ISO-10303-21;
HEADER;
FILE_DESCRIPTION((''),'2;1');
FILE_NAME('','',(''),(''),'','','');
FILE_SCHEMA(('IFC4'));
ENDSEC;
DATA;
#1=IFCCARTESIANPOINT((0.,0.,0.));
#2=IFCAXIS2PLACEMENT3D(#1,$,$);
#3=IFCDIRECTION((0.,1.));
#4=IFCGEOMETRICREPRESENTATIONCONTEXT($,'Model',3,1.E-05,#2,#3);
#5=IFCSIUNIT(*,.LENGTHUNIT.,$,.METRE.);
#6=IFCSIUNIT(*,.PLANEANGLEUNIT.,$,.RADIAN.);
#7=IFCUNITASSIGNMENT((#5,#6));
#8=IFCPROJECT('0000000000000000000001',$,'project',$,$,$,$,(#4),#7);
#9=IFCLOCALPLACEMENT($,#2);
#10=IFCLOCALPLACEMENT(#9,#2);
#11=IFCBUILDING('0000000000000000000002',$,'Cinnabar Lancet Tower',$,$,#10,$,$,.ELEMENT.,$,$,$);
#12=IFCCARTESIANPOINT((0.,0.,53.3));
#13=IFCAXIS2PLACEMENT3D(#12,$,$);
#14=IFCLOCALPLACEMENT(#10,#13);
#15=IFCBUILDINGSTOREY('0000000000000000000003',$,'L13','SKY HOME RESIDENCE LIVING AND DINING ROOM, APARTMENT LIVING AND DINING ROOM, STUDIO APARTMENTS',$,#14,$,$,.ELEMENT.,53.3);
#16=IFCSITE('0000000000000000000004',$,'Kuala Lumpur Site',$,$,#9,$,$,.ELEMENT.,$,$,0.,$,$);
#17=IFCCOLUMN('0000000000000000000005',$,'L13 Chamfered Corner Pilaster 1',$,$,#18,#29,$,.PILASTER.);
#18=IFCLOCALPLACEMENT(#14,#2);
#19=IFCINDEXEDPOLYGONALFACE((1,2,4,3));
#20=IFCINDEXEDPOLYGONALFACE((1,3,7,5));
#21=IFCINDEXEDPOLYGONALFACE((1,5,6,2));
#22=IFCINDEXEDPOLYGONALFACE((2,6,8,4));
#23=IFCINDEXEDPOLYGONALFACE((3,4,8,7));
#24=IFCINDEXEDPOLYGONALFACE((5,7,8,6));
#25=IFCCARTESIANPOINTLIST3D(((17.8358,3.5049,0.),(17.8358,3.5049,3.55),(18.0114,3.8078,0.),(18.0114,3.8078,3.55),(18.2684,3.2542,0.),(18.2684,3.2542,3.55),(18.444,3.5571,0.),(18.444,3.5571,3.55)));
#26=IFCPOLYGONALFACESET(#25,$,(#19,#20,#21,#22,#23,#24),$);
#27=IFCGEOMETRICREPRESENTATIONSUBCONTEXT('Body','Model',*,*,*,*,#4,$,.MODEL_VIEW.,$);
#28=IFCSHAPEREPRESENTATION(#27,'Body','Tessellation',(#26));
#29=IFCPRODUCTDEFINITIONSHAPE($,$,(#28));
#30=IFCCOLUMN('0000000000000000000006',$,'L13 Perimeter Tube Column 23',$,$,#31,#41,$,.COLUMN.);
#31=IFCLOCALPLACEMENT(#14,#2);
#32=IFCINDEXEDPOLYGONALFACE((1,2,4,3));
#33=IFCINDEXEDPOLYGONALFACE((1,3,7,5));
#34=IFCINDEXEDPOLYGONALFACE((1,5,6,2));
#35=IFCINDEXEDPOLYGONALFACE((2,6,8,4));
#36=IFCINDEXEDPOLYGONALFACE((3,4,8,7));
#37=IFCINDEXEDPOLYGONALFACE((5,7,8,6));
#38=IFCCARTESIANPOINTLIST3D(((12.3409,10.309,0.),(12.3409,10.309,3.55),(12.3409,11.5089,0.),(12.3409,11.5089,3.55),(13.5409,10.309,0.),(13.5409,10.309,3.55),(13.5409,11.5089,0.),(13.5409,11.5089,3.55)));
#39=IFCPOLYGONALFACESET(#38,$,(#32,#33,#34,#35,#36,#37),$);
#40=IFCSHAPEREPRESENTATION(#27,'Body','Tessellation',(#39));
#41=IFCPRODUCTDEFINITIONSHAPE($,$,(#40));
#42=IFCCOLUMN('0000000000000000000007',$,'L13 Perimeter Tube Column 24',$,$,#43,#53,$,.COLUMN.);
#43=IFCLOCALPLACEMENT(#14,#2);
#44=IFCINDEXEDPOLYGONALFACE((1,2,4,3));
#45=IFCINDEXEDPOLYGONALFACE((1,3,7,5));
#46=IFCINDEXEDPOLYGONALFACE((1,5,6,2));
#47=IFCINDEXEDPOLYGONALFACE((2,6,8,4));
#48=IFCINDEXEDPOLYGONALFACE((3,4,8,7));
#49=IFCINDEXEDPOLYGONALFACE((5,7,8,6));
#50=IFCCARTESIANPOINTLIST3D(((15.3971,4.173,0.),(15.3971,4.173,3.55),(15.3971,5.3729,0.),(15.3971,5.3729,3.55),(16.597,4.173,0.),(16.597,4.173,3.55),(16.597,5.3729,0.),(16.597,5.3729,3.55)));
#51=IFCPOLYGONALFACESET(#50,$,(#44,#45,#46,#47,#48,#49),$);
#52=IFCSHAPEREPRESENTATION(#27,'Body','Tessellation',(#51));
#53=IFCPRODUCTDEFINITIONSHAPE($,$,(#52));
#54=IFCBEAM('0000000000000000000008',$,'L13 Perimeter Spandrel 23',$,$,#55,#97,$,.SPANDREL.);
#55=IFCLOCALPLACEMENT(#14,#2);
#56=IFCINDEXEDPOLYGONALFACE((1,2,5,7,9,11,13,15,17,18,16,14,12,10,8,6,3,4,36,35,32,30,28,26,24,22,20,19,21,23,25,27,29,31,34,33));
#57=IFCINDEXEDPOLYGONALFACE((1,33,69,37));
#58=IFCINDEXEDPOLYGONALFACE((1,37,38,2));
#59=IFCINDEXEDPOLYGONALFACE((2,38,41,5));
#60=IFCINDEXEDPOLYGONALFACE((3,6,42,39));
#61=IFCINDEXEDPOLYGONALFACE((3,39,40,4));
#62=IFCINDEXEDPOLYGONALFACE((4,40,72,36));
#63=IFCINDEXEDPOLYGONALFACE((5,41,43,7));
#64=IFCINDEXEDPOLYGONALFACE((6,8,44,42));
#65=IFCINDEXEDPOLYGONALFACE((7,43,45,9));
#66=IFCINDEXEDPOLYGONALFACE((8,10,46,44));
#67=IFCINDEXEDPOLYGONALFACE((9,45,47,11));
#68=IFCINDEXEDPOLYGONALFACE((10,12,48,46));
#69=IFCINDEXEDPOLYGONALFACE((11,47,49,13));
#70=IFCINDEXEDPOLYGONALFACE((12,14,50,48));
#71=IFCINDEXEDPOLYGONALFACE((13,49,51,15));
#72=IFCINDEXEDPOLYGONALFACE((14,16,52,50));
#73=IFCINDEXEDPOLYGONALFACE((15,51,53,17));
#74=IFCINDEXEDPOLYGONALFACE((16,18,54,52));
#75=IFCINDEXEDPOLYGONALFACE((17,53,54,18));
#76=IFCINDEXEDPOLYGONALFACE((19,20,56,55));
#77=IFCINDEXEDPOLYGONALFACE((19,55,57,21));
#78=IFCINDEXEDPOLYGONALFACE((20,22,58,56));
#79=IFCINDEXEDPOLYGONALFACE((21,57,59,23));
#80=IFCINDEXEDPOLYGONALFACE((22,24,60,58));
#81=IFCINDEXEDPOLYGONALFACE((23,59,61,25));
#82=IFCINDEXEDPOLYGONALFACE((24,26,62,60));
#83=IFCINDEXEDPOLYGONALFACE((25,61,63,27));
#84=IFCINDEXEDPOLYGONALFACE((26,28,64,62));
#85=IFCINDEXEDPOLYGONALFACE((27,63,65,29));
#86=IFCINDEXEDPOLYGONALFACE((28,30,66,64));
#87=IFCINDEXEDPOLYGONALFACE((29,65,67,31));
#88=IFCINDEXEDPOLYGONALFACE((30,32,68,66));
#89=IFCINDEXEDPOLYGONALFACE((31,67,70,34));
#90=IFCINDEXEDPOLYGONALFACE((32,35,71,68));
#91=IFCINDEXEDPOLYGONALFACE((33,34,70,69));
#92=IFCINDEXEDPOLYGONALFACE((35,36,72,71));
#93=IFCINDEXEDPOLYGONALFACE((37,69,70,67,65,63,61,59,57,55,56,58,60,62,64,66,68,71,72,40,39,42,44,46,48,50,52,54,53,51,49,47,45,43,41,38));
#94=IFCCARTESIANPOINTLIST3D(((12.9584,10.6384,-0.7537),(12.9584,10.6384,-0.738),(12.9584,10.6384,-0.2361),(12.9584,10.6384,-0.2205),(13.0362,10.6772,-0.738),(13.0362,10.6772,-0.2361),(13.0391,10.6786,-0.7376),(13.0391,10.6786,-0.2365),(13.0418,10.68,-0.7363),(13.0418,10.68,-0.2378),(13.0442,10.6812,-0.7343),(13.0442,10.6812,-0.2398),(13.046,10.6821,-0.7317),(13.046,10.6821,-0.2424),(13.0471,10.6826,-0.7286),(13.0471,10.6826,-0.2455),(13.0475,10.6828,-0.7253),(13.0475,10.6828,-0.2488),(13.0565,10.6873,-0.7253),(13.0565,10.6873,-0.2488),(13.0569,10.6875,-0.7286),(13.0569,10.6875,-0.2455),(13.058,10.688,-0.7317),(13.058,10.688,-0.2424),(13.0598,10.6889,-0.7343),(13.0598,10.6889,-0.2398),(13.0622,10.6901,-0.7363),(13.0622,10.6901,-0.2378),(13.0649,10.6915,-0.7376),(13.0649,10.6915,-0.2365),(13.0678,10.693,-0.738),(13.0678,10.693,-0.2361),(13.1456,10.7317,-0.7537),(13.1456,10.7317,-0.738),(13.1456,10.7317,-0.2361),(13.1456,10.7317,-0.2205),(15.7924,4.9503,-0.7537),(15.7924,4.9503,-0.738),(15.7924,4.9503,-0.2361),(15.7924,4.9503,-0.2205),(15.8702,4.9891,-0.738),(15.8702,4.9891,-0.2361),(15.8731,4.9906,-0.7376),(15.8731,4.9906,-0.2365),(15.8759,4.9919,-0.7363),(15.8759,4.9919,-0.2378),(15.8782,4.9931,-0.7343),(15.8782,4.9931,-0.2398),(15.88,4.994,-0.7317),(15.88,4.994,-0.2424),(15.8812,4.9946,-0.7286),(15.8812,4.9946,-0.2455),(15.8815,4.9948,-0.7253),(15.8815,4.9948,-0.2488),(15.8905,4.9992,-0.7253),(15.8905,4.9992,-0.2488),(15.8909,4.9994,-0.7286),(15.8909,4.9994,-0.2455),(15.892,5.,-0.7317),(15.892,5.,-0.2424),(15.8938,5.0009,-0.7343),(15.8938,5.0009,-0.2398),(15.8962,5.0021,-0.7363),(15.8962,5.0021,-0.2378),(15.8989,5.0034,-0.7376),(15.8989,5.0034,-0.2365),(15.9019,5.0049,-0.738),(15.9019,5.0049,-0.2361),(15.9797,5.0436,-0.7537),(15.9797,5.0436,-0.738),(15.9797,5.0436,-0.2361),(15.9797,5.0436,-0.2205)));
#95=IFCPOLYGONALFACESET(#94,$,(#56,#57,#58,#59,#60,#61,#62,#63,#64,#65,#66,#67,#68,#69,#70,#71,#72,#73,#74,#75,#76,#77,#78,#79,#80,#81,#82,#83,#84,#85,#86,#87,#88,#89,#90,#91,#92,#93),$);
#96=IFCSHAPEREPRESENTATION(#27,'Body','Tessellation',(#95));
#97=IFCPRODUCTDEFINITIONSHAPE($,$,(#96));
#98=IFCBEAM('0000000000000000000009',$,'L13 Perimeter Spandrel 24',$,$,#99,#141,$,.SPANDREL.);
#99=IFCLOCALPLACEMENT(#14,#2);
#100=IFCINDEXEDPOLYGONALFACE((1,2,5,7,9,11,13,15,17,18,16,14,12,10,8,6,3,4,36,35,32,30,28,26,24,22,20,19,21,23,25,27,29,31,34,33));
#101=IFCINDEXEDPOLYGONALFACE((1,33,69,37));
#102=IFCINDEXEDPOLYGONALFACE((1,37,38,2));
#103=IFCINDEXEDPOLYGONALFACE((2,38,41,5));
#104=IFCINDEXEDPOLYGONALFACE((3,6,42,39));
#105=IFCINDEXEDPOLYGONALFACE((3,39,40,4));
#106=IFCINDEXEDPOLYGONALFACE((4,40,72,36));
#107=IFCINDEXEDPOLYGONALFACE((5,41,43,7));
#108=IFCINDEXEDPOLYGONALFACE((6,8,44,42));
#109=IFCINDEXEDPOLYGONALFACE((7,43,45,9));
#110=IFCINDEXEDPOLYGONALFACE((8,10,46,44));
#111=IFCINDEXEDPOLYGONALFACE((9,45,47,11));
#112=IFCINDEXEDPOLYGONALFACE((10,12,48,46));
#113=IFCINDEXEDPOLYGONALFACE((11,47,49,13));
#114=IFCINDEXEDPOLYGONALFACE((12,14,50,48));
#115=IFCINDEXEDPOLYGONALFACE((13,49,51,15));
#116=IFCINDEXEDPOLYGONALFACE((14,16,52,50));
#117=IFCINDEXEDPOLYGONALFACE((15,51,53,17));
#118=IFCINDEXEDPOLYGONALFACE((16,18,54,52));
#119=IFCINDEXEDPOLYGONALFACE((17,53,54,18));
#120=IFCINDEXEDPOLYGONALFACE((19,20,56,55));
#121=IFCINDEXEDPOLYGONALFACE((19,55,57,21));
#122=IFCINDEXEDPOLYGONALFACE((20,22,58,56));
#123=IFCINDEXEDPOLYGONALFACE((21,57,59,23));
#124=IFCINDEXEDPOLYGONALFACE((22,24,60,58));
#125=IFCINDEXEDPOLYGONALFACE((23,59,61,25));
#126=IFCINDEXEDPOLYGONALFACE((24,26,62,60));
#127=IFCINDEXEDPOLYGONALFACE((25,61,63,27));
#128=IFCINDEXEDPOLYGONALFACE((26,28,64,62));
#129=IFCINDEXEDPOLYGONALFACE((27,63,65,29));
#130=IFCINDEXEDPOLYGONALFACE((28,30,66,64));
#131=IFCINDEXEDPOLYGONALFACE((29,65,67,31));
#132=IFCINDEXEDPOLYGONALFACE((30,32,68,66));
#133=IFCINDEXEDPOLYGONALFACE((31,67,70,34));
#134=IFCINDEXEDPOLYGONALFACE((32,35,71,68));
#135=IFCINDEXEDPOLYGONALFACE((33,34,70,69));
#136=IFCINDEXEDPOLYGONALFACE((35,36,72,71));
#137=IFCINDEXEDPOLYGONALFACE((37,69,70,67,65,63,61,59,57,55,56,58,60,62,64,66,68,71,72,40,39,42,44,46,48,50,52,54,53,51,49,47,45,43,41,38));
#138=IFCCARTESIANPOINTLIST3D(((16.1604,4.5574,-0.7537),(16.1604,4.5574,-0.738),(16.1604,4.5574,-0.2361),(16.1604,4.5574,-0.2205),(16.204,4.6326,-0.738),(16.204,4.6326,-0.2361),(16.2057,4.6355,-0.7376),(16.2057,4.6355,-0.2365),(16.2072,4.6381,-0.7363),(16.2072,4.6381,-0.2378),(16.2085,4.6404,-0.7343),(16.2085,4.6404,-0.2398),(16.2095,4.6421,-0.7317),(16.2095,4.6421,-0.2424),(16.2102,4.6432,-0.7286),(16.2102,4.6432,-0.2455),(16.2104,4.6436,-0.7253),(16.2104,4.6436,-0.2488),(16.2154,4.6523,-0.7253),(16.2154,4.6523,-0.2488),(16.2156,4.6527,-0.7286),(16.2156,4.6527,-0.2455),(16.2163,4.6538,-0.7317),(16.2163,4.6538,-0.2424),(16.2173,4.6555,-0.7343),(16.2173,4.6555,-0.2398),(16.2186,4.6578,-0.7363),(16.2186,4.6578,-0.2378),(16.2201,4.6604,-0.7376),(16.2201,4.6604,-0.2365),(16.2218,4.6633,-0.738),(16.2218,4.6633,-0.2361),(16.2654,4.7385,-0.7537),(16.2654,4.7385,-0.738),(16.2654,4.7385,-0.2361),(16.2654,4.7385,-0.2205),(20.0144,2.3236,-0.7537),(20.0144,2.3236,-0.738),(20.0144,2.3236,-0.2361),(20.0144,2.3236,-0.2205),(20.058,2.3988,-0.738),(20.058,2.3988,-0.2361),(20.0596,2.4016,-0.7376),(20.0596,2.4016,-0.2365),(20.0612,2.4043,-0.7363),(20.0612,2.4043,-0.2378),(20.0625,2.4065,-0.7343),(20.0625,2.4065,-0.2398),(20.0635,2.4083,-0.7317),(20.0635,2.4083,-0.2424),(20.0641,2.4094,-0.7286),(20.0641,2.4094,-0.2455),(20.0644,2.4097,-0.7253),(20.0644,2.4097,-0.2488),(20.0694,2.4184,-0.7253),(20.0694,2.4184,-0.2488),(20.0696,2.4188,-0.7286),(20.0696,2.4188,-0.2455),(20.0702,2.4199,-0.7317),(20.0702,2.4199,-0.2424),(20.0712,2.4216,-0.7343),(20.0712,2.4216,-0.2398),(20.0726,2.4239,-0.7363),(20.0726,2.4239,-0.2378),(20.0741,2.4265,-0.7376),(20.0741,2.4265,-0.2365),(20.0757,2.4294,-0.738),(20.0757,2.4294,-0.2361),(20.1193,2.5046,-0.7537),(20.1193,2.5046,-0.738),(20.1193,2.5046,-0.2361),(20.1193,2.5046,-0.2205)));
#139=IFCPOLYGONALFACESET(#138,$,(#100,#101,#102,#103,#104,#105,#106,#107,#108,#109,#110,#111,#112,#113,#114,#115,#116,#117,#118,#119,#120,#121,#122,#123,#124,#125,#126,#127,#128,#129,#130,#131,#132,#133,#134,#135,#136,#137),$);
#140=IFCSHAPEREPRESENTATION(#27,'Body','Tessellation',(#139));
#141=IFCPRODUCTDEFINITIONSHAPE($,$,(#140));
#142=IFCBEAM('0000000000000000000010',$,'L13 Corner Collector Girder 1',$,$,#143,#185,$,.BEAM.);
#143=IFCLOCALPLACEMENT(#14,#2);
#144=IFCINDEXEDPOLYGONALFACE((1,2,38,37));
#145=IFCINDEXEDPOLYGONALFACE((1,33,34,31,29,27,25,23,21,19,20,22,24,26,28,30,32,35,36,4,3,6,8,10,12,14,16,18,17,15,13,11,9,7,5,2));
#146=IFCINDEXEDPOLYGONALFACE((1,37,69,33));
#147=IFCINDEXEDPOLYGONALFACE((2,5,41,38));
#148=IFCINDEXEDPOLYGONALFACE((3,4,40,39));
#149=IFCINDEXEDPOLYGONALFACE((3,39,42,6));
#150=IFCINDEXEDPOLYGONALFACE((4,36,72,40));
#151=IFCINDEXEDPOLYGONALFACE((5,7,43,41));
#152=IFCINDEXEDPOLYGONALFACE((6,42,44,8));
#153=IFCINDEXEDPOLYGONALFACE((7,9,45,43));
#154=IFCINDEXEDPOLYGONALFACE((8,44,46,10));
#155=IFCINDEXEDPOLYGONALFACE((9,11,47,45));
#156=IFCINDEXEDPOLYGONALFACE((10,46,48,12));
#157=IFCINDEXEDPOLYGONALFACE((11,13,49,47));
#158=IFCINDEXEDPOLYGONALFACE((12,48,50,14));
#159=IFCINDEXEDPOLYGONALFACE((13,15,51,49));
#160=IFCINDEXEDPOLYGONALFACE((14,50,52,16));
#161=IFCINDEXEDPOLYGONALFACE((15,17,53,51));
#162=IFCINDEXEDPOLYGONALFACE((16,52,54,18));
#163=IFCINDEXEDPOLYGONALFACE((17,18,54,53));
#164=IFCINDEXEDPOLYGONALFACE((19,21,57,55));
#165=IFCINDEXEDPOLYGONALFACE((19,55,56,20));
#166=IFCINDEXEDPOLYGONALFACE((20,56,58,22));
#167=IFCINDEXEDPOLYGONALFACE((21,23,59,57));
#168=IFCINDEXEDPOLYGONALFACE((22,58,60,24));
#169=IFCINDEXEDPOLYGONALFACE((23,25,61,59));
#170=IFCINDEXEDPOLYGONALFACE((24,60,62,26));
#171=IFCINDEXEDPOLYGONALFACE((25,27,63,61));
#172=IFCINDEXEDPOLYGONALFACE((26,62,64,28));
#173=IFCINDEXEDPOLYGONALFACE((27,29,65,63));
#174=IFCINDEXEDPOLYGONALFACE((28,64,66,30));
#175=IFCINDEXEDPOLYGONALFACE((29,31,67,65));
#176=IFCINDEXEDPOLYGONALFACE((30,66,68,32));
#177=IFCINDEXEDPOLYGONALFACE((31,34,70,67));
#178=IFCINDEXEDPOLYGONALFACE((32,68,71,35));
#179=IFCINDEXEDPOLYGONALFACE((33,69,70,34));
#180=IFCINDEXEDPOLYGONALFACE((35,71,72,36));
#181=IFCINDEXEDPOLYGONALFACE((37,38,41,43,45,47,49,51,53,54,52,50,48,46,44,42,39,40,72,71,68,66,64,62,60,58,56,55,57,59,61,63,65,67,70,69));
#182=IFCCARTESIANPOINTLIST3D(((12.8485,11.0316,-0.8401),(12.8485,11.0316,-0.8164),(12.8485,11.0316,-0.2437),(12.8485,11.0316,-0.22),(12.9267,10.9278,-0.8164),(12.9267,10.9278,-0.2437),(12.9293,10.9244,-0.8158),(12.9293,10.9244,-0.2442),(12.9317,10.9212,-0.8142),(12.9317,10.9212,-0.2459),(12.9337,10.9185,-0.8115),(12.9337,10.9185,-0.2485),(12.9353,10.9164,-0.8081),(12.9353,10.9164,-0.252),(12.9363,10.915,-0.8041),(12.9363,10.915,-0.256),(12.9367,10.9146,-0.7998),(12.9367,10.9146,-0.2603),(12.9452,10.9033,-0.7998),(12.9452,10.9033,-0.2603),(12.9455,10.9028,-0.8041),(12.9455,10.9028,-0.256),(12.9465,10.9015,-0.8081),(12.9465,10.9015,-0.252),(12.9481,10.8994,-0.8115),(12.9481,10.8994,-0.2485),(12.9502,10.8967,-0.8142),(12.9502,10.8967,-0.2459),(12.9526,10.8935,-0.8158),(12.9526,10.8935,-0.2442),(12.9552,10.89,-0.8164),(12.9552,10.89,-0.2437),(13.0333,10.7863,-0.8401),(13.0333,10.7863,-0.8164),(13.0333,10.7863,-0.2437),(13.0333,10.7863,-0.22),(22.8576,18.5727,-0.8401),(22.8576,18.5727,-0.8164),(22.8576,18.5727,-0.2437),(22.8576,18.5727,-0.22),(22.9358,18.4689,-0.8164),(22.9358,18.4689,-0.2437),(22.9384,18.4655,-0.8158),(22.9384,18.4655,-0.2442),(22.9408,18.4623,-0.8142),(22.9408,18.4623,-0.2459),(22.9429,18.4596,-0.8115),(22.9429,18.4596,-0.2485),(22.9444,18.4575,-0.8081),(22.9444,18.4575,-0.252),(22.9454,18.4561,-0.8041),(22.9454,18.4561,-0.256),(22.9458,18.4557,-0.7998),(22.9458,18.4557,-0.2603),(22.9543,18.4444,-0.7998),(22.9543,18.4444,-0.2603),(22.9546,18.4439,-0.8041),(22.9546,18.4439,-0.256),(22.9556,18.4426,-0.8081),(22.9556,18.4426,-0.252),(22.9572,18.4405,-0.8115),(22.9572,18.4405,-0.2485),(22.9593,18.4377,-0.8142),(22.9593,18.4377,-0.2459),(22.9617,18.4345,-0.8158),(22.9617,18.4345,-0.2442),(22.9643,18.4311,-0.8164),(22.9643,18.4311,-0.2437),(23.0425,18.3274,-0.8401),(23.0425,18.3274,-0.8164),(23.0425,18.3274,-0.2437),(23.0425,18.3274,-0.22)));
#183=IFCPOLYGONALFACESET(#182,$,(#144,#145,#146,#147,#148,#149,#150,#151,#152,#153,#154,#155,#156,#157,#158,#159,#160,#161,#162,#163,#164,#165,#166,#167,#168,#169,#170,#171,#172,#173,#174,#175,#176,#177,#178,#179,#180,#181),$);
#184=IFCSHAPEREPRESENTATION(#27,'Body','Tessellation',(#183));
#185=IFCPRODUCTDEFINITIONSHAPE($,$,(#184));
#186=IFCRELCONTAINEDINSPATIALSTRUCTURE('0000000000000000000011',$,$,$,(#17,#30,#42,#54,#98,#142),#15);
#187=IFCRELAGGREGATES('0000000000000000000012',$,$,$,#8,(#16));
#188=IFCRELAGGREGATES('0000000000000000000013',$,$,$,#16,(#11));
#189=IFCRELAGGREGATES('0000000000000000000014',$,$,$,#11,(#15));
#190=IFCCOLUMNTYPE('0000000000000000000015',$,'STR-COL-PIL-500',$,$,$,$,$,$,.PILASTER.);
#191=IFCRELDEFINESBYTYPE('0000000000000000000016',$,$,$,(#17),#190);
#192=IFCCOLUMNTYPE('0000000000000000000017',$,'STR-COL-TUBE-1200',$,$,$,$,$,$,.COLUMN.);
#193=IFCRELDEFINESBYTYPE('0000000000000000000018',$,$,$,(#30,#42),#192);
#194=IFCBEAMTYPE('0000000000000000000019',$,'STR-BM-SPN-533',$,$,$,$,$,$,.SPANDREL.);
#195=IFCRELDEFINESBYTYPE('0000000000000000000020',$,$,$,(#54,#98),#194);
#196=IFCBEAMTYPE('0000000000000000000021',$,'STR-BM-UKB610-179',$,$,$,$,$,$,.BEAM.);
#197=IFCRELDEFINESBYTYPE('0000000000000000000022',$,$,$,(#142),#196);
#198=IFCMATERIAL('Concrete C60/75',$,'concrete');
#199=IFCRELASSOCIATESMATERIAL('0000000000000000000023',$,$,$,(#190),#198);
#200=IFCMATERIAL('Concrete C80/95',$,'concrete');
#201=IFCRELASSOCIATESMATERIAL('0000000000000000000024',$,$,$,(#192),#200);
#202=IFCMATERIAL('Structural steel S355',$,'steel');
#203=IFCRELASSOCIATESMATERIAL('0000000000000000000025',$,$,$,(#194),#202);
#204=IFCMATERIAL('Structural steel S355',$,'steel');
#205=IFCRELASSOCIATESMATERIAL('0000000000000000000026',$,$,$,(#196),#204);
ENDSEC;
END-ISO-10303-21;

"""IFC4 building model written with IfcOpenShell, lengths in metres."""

from ifc_helpers import new_model, si_unit, direction, frame, origin, origin_2d, place, context, subcontext, project, spatial, rectangle, i_section, extrude, material, material_profile, profile_set, type_object, element, save


model = new_model("IFC4")

# Units and contexts
model_context = context("Model", 3, precision=1e-05, world=origin(), true_north=direction((0.0, 1.0)))
body_context = subcontext(model_context, "Body", "Model", "MODEL_VIEW")
ifc_project = project(units=[si_unit("LENGTHUNIT", "METRE"), si_unit("PLANEANGLEUNIT", "RADIAN")], contexts=[model_context])

# Site, building, storey
site_placement = place(None, origin())
site = spatial("IfcSite", under=ifc_project, at=site_placement, Name="Kuala Lumpur Site", CompositionType="ELEMENT", RefElevation=0.0)
building_placement = place(site_placement, origin())
building = spatial("IfcBuilding", under=site, at=building_placement, Name="Cinnabar Lancet Tower", CompositionType="ELEMENT")
storey_placement = place(building_placement, frame((0.0, 0.0, 53.3)))
storey = spatial("IfcBuildingStorey", under=building, at=storey_placement, Name="L13", Description="SKY HOME RESIDENCE LIVING AND DINING ROOM, APARTMENT LIVING AND DINING ROOM, STUDIO APARTMENTS", CompositionType="ELEMENT", Elevation=53.3)

# Columns
ifc_material_1 = material(Name="Concrete C60/75", Category="concrete")
ifc_material_profile_1 = material_profile(ifc_material_1, rectangle(XDim=0.5, YDim=0.3501, at=origin_2d()), Name="RC-PIL 500x350")
ifc_profile_set_1 = profile_set([ifc_material_profile_1], Name="Concrete C60/75")
column_type_1 = type_object("IfcColumnType", Name="STR-COL-PIL-500", PredefinedType="PILASTER", material=ifc_profile_set_1)
column_placement = place(storey_placement, frame((18.1399, 3.531, 0.0), z_axis=(0.0, 0.0, 1.0), x_axis=(0.865195, -0.501435, 0.0)))
element("IfcColumn", 1, at=column_placement, inside=storey, type_object=column_type_1, Name="L13 Chamfered Corner Pilaster 1", PredefinedType="PILASTER", context=body_context, shape_type="SweptSolid", body=[
    extrude(rectangle(XDim=0.5, YDim=0.3501, at=origin_2d()), origin(), (0.0, 0.0, 1.0), 3.55),
])
ifc_material_2 = material(Name="Concrete C80/95", Category="concrete")
ifc_material_profile_2 = material_profile(ifc_material_2, rectangle(XDim=1.2, YDim=1.2, at=origin_2d()), Name="RC-COL 1200x1200")
ifc_profile_set_2 = profile_set([ifc_material_profile_2], Name="Concrete C80/95")
column_type_2 = type_object("IfcColumnType", Name="STR-COL-TUBE-1200", PredefinedType="COLUMN", material=ifc_profile_set_2)
for number, where, z_axis, x_axis, name in (
    (2, (12.9409, 10.9089, 0.0), (0.0, 0.0, 1.0), (1.0, 0.0, 0.0), "L13 Perimeter Tube Column 23"),
    (3, (15.9971, 4.7729, 0.0), (0.0, 0.0, 1.0), (1.0, 0.0, 0.0), "L13 Perimeter Tube Column 24"),
):
    element("IfcColumn", number, at=place(storey_placement, frame(where, z_axis=z_axis, x_axis=x_axis)), inside=storey, type_object=column_type_2, Name=name, PredefinedType="COLUMN", context=body_context, shape_type="SweptSolid", body=[
        extrude(rectangle(XDim=1.2, YDim=1.2, at=origin_2d()), origin(), (0.0, 0.0, 1.0), 3.55),
    ])

# Beams
ifc_material_3 = material(Name="Structural steel S355", Category="steel")
ifc_material_profile_3 = material_profile(ifc_material_3, i_section(OverallWidth=0.2092, OverallDepth=0.5332, WebThickness=0.01, FlangeThickness=0.0156, FilletRadius=0.0127, at=origin_2d()), Name="UKB 533x210x92")
ifc_profile_set_3 = profile_set([ifc_material_profile_3], Name="Structural steel S355")
beam_type_1 = type_object("IfcBeamType", Name="STR-BM-SPN-533", PredefinedType="SPANDREL", material=ifc_profile_set_3)
beam_1_placement = place(storey_placement, frame((13.052, 10.6851, -0.4871), z_axis=(0.445953, -0.895056, 0.0), x_axis=(0.895056, 0.445953, 0.0)))
element("IfcBeam", 4, at=beam_1_placement, inside=storey, type_object=beam_type_1, Name="L13 Perimeter Spandrel 23", PredefinedType="SPANDREL", context=body_context, shape_type="SweptSolid", body=[
    extrude(i_section(OverallWidth=0.2092, OverallDepth=0.5332, WebThickness=0.01, FlangeThickness=0.0156, FilletRadius=0.0127, at=origin_2d()), origin(), (0.0, 0.0, 1.0), 6.355),
])
beam_2_placement = place(storey_placement, frame((16.2129, 4.6479, -0.4871), z_axis=(0.865171, -0.501477, 0.0), x_axis=(0.501477, 0.865171, 0.0)))
element("IfcBeam", 5, at=beam_2_placement, inside=storey, type_object=beam_type_1, Name="L13 Perimeter Spandrel 24", PredefinedType="SPANDREL", context=body_context, shape_type="SweptSolid", body=[
    extrude(i_section(OverallWidth=0.2092, OverallDepth=0.5332, WebThickness=0.01, FlangeThickness=0.0156, FilletRadius=0.0127, at=origin_2d()), origin(), (0.0, 0.0, 1.0), 4.4546),
])
ifc_material_4 = material(Name="Structural steel S355", Category="steel")
ifc_material_profile_4 = material_profile(ifc_material_4, i_section(OverallWidth=0.3071, OverallDepth=0.6201, WebThickness=0.0142, FlangeThickness=0.0237, FilletRadius=0.0166, at=origin_2d()), Name="UKB 610x305x179")
ifc_profile_set_4 = profile_set([ifc_material_profile_4], Name="Structural steel S355")
beam_type_2 = type_object("IfcBeamType", Name="STR-BM-UKB610-179", PredefinedType="BEAM", material=ifc_profile_set_4)
beam_3_placement = place(storey_placement, frame((12.9409, 10.9089, -0.53), z_axis=(0.798687, 0.601747, 0.0), x_axis=(-0.601747, 0.798687, 0.0)))
element("IfcBeam", 6, at=beam_3_placement, inside=storey, type_object=beam_type_2, Name="L13 Corner Collector Girder 1", PredefinedType="BEAM", context=body_context, shape_type="SweptSolid", body=[
    extrude(i_section(OverallWidth=0.3071, OverallDepth=0.6201, WebThickness=0.0142, FlangeThickness=0.0237, FilletRadius=0.0166, at=origin_2d()), origin(), (0.0, 0.0, 1.0), 12.532),
])

save(model, "model.ifc")
